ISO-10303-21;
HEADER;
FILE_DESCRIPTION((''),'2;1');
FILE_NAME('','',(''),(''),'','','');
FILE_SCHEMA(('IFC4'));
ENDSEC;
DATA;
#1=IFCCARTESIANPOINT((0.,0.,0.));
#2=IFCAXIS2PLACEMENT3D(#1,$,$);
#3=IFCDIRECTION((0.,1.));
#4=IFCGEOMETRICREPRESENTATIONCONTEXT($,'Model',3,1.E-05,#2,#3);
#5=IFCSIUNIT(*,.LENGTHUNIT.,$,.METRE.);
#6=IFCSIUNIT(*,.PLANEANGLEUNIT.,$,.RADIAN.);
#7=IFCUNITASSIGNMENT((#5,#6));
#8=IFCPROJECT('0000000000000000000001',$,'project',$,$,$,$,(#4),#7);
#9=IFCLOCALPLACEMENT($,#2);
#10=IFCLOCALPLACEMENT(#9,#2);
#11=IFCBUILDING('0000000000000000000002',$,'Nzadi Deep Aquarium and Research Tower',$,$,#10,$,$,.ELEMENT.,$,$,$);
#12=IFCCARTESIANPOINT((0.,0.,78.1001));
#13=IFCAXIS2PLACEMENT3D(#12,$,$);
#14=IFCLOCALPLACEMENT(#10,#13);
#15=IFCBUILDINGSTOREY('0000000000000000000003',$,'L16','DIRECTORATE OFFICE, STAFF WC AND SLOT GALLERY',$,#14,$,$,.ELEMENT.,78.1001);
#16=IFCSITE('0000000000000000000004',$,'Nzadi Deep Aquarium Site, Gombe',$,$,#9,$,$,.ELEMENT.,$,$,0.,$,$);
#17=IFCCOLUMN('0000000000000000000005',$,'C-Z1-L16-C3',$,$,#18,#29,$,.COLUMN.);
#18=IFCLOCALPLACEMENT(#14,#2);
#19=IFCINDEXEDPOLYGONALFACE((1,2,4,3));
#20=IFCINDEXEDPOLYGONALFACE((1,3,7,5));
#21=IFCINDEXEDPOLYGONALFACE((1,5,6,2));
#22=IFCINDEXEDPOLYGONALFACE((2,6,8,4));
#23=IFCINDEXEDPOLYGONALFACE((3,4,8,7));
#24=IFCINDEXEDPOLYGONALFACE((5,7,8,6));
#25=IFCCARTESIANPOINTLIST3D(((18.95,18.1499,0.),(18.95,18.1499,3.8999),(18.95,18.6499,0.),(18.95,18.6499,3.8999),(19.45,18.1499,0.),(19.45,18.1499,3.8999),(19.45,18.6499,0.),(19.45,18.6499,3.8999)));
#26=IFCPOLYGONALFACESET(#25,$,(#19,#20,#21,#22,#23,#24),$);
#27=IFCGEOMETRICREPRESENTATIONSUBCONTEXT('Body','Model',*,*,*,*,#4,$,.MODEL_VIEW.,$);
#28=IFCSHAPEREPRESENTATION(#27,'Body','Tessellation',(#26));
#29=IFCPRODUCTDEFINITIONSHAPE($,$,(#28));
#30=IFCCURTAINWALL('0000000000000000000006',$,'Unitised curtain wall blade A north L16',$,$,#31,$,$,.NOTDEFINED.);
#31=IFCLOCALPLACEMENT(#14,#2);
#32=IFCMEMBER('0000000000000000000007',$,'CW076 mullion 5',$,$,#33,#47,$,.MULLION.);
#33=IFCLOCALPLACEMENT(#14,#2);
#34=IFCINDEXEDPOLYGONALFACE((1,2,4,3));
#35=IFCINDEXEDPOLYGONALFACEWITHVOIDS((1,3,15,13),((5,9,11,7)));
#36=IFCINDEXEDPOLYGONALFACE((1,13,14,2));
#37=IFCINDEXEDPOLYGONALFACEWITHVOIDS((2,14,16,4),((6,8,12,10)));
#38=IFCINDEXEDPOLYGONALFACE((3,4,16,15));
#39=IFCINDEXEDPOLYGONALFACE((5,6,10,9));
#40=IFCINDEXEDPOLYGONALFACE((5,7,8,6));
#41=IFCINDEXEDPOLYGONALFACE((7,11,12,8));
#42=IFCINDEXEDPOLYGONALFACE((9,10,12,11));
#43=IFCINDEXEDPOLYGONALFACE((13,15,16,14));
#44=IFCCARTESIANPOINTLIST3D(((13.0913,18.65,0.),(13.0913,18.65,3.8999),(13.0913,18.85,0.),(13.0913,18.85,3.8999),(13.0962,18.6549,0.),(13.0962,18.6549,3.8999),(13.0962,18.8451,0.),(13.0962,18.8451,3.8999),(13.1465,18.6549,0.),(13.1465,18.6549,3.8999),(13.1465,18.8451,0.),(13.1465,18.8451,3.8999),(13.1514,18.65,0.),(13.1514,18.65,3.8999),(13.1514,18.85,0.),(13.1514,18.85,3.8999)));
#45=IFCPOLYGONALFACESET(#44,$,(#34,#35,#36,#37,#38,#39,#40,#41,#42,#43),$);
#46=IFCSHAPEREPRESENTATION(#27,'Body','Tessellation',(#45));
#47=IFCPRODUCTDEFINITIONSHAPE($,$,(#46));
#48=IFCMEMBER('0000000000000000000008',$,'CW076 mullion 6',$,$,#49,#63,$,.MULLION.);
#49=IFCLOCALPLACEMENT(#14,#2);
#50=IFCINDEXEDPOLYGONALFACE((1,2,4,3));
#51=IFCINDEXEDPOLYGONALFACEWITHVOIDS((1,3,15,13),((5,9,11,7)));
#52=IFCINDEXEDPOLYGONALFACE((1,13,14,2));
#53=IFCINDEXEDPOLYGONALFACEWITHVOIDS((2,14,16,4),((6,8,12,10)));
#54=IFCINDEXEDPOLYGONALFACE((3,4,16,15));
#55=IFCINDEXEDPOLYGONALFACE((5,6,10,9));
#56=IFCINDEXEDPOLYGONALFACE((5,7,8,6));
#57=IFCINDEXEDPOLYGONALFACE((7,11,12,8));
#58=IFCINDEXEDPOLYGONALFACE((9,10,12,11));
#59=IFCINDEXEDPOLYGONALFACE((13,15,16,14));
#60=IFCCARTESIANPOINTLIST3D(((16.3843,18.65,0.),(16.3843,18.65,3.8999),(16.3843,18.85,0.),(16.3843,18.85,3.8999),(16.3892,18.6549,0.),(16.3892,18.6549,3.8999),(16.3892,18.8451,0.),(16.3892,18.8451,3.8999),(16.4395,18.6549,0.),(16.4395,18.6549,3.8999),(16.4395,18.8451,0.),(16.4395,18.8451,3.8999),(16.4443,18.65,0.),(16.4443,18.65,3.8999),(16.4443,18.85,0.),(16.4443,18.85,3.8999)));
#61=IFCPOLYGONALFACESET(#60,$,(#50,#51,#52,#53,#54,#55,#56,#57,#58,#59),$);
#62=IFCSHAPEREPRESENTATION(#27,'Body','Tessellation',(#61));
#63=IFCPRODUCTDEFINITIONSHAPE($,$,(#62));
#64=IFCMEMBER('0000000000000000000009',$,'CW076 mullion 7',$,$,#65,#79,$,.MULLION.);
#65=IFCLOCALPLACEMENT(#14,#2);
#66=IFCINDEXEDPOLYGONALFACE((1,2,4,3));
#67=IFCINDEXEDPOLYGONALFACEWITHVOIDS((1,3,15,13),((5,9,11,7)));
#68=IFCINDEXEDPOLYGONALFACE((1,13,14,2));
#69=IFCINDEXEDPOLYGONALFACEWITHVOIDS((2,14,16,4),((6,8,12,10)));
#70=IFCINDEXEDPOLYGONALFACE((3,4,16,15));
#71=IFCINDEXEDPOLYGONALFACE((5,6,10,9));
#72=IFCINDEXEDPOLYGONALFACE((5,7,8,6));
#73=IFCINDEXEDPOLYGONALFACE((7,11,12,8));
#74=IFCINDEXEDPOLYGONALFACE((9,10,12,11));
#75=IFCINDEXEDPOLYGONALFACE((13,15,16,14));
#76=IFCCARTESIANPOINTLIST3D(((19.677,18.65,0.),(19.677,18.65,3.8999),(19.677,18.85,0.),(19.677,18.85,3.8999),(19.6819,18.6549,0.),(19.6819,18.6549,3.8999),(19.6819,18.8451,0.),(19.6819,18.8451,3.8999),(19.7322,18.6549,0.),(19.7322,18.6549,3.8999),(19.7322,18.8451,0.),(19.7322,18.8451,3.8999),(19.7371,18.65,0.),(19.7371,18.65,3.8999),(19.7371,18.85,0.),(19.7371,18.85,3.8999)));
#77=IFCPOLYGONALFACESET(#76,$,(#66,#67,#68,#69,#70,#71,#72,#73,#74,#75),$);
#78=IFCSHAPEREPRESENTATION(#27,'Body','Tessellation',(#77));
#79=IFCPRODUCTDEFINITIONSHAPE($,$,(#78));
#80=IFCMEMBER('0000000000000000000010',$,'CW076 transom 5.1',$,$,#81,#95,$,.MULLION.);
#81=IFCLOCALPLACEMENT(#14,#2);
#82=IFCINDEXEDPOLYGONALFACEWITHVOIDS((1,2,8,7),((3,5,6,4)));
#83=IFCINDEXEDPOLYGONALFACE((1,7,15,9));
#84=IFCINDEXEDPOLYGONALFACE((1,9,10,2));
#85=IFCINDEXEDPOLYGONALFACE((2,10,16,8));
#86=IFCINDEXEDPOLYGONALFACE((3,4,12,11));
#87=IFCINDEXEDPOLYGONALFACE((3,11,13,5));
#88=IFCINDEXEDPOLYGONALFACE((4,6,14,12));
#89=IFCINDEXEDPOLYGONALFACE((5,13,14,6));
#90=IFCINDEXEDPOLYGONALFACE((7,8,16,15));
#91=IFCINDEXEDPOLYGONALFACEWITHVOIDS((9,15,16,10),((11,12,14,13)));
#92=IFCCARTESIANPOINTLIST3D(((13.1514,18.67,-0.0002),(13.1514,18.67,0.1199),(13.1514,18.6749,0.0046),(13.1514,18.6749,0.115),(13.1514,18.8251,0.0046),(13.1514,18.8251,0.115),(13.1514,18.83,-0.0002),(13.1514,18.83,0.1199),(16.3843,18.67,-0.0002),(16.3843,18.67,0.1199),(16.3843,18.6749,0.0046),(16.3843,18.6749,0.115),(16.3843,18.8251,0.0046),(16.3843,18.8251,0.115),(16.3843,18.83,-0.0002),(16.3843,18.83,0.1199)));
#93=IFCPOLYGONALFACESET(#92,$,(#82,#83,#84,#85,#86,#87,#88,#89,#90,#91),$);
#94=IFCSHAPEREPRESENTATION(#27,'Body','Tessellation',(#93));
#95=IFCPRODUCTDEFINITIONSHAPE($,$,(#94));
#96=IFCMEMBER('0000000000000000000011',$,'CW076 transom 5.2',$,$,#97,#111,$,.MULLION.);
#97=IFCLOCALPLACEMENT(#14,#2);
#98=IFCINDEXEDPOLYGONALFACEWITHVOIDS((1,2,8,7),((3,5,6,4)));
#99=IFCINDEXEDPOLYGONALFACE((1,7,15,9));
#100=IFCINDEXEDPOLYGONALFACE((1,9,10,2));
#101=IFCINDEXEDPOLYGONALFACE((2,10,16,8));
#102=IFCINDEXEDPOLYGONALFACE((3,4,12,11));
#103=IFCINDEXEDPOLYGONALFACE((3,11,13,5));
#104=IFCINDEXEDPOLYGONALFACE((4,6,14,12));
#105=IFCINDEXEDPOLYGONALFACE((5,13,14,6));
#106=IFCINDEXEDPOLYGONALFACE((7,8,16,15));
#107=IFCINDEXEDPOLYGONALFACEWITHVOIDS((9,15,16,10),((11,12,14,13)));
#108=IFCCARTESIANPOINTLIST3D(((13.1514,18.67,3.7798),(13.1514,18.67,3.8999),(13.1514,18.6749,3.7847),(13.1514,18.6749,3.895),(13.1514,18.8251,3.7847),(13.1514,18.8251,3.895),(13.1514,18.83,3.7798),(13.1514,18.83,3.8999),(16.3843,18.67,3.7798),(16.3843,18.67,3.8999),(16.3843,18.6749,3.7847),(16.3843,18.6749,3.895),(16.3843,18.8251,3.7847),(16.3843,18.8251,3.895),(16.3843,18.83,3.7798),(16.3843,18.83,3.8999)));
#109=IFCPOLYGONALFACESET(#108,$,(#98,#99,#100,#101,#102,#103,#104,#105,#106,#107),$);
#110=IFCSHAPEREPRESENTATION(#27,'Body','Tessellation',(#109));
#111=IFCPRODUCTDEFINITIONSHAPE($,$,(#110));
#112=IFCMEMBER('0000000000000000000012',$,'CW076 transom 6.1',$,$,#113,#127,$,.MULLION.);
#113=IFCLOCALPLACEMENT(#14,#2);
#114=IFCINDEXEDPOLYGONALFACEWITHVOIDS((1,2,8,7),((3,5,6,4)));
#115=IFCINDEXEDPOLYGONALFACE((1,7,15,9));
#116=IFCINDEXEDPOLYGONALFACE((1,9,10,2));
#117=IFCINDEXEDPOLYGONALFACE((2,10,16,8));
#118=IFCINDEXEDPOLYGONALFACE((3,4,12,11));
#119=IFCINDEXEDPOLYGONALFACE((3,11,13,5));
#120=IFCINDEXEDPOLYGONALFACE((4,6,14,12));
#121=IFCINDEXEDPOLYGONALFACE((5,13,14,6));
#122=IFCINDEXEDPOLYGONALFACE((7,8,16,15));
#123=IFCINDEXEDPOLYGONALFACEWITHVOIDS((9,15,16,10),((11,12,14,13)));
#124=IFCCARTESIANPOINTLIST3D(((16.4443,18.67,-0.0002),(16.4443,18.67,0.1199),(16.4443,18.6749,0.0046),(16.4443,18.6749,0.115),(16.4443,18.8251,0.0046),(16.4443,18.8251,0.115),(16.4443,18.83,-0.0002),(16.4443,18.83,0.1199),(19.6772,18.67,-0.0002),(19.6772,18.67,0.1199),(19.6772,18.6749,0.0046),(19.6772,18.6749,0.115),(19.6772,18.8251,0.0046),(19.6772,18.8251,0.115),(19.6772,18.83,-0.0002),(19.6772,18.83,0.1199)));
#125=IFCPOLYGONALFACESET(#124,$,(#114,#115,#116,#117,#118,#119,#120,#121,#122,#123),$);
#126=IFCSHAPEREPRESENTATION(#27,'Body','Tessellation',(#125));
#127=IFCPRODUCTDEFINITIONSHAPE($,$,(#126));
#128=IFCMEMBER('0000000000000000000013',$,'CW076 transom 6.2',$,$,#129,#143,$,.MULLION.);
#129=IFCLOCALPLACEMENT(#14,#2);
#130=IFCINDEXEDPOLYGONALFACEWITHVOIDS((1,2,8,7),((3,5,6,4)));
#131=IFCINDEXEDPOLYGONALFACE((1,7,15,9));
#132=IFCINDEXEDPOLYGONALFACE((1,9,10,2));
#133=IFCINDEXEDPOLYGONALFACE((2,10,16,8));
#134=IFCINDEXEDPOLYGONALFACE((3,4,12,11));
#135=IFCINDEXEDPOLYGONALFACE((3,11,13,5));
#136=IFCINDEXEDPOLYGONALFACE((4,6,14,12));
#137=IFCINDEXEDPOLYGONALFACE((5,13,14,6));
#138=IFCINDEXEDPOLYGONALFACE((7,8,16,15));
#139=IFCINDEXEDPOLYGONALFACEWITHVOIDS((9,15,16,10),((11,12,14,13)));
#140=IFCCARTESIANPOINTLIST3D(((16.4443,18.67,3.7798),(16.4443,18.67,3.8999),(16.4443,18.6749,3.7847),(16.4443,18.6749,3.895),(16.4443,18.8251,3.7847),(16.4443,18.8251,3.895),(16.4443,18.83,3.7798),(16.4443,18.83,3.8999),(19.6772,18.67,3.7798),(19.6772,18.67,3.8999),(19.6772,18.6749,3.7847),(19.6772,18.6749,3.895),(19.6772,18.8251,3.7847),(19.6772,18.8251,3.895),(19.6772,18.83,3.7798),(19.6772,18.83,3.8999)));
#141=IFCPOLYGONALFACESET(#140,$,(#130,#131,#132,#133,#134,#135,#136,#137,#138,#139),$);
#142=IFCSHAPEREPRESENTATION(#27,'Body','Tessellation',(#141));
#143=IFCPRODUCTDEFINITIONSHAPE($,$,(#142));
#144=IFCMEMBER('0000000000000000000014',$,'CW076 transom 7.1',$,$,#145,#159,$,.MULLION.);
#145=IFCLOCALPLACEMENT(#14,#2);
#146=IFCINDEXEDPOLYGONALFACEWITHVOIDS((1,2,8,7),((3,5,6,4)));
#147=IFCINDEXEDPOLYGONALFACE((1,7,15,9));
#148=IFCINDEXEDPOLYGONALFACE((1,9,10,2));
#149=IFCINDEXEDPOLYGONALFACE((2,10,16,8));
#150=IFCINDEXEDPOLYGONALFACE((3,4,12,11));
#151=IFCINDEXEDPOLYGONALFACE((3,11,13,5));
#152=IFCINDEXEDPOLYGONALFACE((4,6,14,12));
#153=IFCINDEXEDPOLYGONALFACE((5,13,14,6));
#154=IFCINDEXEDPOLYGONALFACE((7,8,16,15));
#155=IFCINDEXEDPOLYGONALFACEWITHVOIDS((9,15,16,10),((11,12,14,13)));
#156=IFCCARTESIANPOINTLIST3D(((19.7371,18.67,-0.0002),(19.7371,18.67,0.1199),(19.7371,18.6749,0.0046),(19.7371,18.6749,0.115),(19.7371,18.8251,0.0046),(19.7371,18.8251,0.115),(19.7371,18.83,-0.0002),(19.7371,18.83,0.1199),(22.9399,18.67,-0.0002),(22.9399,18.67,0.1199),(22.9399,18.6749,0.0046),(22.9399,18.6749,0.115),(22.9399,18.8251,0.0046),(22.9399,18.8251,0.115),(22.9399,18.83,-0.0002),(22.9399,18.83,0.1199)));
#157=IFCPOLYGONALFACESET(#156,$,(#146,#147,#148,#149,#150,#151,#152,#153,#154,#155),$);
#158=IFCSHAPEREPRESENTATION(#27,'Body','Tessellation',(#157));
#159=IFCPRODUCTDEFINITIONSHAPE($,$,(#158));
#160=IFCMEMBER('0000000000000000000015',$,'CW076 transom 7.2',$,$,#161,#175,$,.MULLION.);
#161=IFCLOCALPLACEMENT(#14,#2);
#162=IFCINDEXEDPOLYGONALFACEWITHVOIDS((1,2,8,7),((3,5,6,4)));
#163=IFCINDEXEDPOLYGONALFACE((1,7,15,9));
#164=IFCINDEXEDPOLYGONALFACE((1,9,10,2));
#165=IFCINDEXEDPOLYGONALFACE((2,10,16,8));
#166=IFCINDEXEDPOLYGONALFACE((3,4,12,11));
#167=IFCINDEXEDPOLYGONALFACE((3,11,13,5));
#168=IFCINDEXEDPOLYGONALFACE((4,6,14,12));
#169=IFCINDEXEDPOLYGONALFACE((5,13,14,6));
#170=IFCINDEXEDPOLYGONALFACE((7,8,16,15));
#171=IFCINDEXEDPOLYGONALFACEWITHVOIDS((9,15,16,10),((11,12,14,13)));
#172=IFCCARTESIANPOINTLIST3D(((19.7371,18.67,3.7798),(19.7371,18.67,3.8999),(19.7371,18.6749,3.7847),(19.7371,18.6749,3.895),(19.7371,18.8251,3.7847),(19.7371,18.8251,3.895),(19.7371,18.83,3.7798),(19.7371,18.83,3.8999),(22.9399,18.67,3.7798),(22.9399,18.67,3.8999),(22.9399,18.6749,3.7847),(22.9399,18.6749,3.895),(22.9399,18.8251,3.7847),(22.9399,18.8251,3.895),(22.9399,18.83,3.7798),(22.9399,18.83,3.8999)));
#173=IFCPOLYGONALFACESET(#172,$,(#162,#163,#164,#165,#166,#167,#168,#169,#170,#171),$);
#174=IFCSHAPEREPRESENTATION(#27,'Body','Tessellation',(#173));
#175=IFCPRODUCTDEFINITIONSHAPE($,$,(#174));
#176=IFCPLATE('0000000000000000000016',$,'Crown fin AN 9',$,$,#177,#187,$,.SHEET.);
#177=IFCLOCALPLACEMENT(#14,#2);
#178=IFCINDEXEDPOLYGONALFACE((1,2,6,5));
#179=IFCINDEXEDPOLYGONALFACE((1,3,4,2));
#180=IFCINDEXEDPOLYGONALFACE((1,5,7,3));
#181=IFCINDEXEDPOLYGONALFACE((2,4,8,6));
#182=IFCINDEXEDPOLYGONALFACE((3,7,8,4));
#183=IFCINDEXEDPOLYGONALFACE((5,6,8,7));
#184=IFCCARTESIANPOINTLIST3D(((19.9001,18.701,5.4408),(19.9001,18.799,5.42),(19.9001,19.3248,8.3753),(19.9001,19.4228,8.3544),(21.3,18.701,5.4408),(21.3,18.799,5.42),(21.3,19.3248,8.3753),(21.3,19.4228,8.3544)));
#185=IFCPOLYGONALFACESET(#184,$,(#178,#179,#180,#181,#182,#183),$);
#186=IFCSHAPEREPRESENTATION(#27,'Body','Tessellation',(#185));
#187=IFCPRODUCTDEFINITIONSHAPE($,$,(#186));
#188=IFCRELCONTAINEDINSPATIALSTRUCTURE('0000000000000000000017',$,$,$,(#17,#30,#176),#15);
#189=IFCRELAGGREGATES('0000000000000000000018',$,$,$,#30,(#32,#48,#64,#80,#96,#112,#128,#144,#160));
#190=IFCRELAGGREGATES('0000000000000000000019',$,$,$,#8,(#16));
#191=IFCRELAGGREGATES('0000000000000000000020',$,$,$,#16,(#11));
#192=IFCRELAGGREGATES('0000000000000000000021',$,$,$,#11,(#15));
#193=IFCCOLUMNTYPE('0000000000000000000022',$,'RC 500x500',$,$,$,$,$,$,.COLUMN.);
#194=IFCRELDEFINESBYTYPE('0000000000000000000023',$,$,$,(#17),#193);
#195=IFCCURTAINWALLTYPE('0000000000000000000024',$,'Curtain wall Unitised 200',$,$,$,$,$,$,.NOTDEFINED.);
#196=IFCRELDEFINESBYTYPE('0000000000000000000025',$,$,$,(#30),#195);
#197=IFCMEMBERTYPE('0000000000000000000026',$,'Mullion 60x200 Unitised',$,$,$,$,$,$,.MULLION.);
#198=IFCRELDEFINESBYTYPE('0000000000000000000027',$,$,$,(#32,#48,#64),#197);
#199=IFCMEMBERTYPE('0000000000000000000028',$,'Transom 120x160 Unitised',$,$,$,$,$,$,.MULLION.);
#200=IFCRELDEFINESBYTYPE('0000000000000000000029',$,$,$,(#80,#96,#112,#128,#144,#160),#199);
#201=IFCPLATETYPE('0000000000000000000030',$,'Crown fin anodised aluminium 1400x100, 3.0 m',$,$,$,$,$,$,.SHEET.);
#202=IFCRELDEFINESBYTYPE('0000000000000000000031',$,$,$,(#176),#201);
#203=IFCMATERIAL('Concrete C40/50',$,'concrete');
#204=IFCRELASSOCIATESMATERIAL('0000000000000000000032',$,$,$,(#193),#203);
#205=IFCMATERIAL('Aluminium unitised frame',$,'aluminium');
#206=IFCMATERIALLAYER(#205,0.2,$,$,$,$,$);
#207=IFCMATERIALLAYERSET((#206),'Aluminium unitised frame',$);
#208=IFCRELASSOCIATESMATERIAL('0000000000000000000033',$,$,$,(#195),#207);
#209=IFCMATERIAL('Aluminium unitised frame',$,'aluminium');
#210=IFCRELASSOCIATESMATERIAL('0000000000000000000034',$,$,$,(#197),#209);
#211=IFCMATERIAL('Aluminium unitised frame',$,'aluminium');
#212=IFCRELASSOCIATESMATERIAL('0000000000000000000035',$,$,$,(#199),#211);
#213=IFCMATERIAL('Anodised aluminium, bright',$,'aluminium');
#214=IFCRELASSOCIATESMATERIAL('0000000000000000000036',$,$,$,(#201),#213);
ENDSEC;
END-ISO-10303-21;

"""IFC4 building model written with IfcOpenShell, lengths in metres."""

from ifc_helpers import new_model, si_unit, direction, frame, origin, origin_2d, place, context, subcontext, project, spatial, rectangle, hollow_rectangle, extrude, material, layer, layer_set, material_profile, profile_set, type_object, element, aggregate, save


model = new_model("IFC4")

# Units and contexts
model_context = context("Model", 3, precision=1e-05, world=origin(), true_north=direction((0.0, 1.0)))
body_context = subcontext(model_context, "Body", "Model", "MODEL_VIEW")
ifc_project = project(units=[si_unit("LENGTHUNIT", "METRE"), si_unit("PLANEANGLEUNIT", "RADIAN")], contexts=[model_context])

# Site, building, storey
site_placement = place(None, origin())
site = spatial("IfcSite", under=ifc_project, at=site_placement, Name="Nzadi Deep Aquarium Site, Gombe", CompositionType="ELEMENT", RefElevation=0.0)
building_placement = place(site_placement, origin())
building = spatial("IfcBuilding", under=site, at=building_placement, Name="Nzadi Deep Aquarium and Research Tower", CompositionType="ELEMENT")
storey_placement = place(building_placement, frame((0.0, 0.0, 78.1001)))
storey = spatial("IfcBuildingStorey", under=building, at=storey_placement, Name="L16", Description="DIRECTORATE OFFICE, STAFF WC AND SLOT GALLERY", CompositionType="ELEMENT", Elevation=78.1001)

# Column
ifc_material_1 = material(Name="Concrete C40/50", Category="concrete")
ifc_material_profile_1 = material_profile(ifc_material_1, rectangle(XDim=0.5, YDim=0.5, at=origin_2d()))
ifc_profile_set_1 = profile_set([ifc_material_profile_1], Name="Concrete C40/50")
column_type = type_object("IfcColumnType", Name="RC 500x500", PredefinedType="COLUMN", material=ifc_profile_set_1)
column_placement = place(storey_placement, frame((19.2, 18.3999, 0.0), z_axis=(0.0, 0.0, 1.0), x_axis=(1.0, 0.0, 0.0)))
element("IfcColumn", 1, at=column_placement, inside=storey, type_object=column_type, Name="C-Z1-L16-C3", PredefinedType="COLUMN", context=body_context, shape_type="SweptSolid", body=[
    extrude(rectangle(XDim=0.5, YDim=0.5, at=origin_2d()), origin(), (0.0, 0.0, 1.0), 3.8999),
])

# Curtain wall, members
ifc_material_2 = material(Name="Aluminium unitised frame", Category="aluminium")
ifc_layer_1 = layer(ifc_material_2, 0.2)
ifc_layer_set_1 = layer_set([ifc_layer_1], Name="Aluminium unitised frame")
curtain_wall_type = type_object("IfcCurtainWallType", Name="Curtain wall Unitised 200", PredefinedType="NOTDEFINED", material=ifc_layer_set_1)
curtain_wall_placement = place(storey_placement, origin())
curtain_wall = element("IfcCurtainWall", 2, at=curtain_wall_placement, inside=storey, type_object=curtain_wall_type, Name="Unitised curtain wall blade A north L16", PredefinedType="NOTDEFINED")
ifc_material_3 = material(Name="Aluminium unitised frame", Category="aluminium")
ifc_material_profile_2 = material_profile(ifc_material_3, hollow_rectangle(XDim=0.2, YDim=0.0601, WallThickness=0.0049, at=origin_2d()))
ifc_profile_set_2 = profile_set([ifc_material_profile_2], Name="Aluminium unitised frame")
member_type_1 = type_object("IfcMemberType", Name="Mullion 60x200 Unitised", PredefinedType="MULLION", material=ifc_profile_set_2)
member_1_placement = place(storey_placement, frame((13.1213, 18.75, 0.0), z_axis=(0.0, 0.0, 1.0), x_axis=(0.0, 1.0, 0.0)))
member_1 = element("IfcMember", 3, at=member_1_placement, type_object=member_type_1, Name="CW076 mullion 5", PredefinedType="MULLION", context=body_context, shape_type="SweptSolid", body=[
    extrude(hollow_rectangle(XDim=0.2, YDim=0.0601, WallThickness=0.0049, at=origin_2d()), origin(), (0.0, 0.0, 1.0), 3.8999),
])
member_2_placement = place(storey_placement, frame((16.4143, 18.75, 0.0), z_axis=(0.0, 0.0, 1.0), x_axis=(0.0, 1.0, 0.0)))
member_2 = element("IfcMember", 4, at=member_2_placement, type_object=member_type_1, Name="CW076 mullion 6", PredefinedType="MULLION", context=body_context, shape_type="SweptSolid", body=[
    extrude(hollow_rectangle(XDim=0.2, YDim=0.0601, WallThickness=0.0049, at=origin_2d()), origin(), (0.0, 0.0, 1.0), 3.8999),
])
member_3_placement = place(storey_placement, frame((19.707, 18.75, 0.0), z_axis=(0.0, 0.0, 1.0), x_axis=(0.0, 1.0, 0.0)))
member_3 = element("IfcMember", 5, at=member_3_placement, type_object=member_type_1, Name="CW076 mullion 7", PredefinedType="MULLION", context=body_context, shape_type="SweptSolid", body=[
    extrude(hollow_rectangle(XDim=0.2, YDim=0.0601, WallThickness=0.0049, at=origin_2d()), origin(), (0.0, 0.0, 1.0), 3.8999),
])
ifc_material_4 = material(Name="Aluminium unitised frame", Category="aluminium")
ifc_material_profile_3 = material_profile(ifc_material_4, hollow_rectangle(XDim=0.1599, YDim=0.1201, WallThickness=0.0049, at=origin_2d()))
ifc_profile_set_3 = profile_set([ifc_material_profile_3], Name="Aluminium unitised frame")
member_type_2 = type_object("IfcMemberType", Name="Transom 120x160 Unitised", PredefinedType="MULLION", material=ifc_profile_set_3)
member_4_placement = place(storey_placement, frame((13.1514, 18.75, 0.0598), z_axis=(1.0, 0.0, 0.0), x_axis=(0.0, 1.0, 0.0)))
member_4 = element("IfcMember", 6, at=member_4_placement, type_object=member_type_2, Name="CW076 transom 5.1", PredefinedType="MULLION", context=body_context, shape_type="SweptSolid", body=[
    extrude(hollow_rectangle(XDim=0.1599, YDim=0.1201, WallThickness=0.0049, at=origin_2d()), origin(), (0.0, 0.0, 1.0), 3.2329),
])
member_5_placement = place(storey_placement, frame((13.1514, 18.75, 3.8398), z_axis=(1.0, 0.0, 0.0), x_axis=(0.0, 1.0, 0.0)))
member_5 = element("IfcMember", 7, at=member_5_placement, type_object=member_type_2, Name="CW076 transom 5.2", PredefinedType="MULLION", context=body_context, shape_type="SweptSolid", body=[
    extrude(hollow_rectangle(XDim=0.1599, YDim=0.1201, WallThickness=0.0049, at=origin_2d()), origin(), (0.0, 0.0, 1.0), 3.2329),
])
member_6_placement = place(storey_placement, frame((16.4443, 18.75, 0.0598), z_axis=(1.0, 0.0, 0.0), x_axis=(0.0, 1.0, 0.0)))
member_6 = element("IfcMember", 8, at=member_6_placement, type_object=member_type_2, Name="CW076 transom 6.1", PredefinedType="MULLION", context=body_context, shape_type="SweptSolid", body=[
    extrude(hollow_rectangle(XDim=0.1599, YDim=0.1201, WallThickness=0.0049, at=origin_2d()), origin(), (0.0, 0.0, 1.0), 3.2329),
])
member_7_placement = place(storey_placement, frame((16.4443, 18.75, 3.8398), z_axis=(1.0, 0.0, 0.0), x_axis=(0.0, 1.0, 0.0)))
member_7 = element("IfcMember", 9, at=member_7_placement, type_object=member_type_2, Name="CW076 transom 6.2", PredefinedType="MULLION", context=body_context, shape_type="SweptSolid", body=[
    extrude(hollow_rectangle(XDim=0.1599, YDim=0.1201, WallThickness=0.0049, at=origin_2d()), origin(), (0.0, 0.0, 1.0), 3.2329),
])
member_8_placement = place(storey_placement, frame((19.7371, 18.75, 0.0598), z_axis=(1.0, 0.0, 0.0), x_axis=(0.0, 1.0, 0.0)))
member_8 = element("IfcMember", 10, at=member_8_placement, type_object=member_type_2, Name="CW076 transom 7.1", PredefinedType="MULLION", context=body_context, shape_type="SweptSolid", body=[
    extrude(hollow_rectangle(XDim=0.1599, YDim=0.1201, WallThickness=0.0049, at=origin_2d()), origin(), (0.0, 0.0, 1.0), 3.2029),
])
member_9_placement = place(storey_placement, frame((19.7371, 18.75, 3.8398), z_axis=(1.0, 0.0, 0.0), x_axis=(0.0, 1.0, 0.0)))
member_9 = element("IfcMember", 11, at=member_9_placement, type_object=member_type_2, Name="CW076 transom 7.2", PredefinedType="MULLION", context=body_context, shape_type="SweptSolid", body=[
    extrude(hollow_rectangle(XDim=0.1599, YDim=0.1201, WallThickness=0.0049, at=origin_2d()), origin(), (0.0, 0.0, 1.0), 3.2029),
])

# Plate
ifc_material_5 = material(Name="Anodised aluminium, bright", Category="aluminium")
ifc_material_profile_4 = material_profile(ifc_material_5, rectangle(XDim=1.3999, YDim=0.1001, at=origin_2d()))
ifc_profile_set_4 = profile_set([ifc_material_profile_4], Name="Anodised aluminium, bright")
plate_type_1 = type_object("IfcPlateType", Name="Crown fin anodised aluminium 1400x100, 3.0 m", PredefinedType="SHEET", material=ifc_profile_set_4)
for number, where, z_axis, x_axis, name in (
    (12, (20.6001, 18.75, 5.4304), (0.0, 0.207934, 0.978143), (-1.0, 0.0, 0.0), "Crown fin AN 9"),
):
    element("IfcPlate", number, at=place(storey_placement, frame(where, z_axis=z_axis, x_axis=x_axis)), inside=storey, type_object=plate_type_1, Name=name, PredefinedType="SHEET", context=body_context, shape_type="SweptSolid", body=[
        extrude(rectangle(XDim=1.3999, YDim=0.1001, at=origin_2d()), origin(), (0.0, 0.0, 1.0), 3.0),
    ])

aggregate(curtain_wall, [member_1, member_2, member_3, member_4, member_5, member_6, member_7, member_8, member_9])

save(model, "model.ifc")
